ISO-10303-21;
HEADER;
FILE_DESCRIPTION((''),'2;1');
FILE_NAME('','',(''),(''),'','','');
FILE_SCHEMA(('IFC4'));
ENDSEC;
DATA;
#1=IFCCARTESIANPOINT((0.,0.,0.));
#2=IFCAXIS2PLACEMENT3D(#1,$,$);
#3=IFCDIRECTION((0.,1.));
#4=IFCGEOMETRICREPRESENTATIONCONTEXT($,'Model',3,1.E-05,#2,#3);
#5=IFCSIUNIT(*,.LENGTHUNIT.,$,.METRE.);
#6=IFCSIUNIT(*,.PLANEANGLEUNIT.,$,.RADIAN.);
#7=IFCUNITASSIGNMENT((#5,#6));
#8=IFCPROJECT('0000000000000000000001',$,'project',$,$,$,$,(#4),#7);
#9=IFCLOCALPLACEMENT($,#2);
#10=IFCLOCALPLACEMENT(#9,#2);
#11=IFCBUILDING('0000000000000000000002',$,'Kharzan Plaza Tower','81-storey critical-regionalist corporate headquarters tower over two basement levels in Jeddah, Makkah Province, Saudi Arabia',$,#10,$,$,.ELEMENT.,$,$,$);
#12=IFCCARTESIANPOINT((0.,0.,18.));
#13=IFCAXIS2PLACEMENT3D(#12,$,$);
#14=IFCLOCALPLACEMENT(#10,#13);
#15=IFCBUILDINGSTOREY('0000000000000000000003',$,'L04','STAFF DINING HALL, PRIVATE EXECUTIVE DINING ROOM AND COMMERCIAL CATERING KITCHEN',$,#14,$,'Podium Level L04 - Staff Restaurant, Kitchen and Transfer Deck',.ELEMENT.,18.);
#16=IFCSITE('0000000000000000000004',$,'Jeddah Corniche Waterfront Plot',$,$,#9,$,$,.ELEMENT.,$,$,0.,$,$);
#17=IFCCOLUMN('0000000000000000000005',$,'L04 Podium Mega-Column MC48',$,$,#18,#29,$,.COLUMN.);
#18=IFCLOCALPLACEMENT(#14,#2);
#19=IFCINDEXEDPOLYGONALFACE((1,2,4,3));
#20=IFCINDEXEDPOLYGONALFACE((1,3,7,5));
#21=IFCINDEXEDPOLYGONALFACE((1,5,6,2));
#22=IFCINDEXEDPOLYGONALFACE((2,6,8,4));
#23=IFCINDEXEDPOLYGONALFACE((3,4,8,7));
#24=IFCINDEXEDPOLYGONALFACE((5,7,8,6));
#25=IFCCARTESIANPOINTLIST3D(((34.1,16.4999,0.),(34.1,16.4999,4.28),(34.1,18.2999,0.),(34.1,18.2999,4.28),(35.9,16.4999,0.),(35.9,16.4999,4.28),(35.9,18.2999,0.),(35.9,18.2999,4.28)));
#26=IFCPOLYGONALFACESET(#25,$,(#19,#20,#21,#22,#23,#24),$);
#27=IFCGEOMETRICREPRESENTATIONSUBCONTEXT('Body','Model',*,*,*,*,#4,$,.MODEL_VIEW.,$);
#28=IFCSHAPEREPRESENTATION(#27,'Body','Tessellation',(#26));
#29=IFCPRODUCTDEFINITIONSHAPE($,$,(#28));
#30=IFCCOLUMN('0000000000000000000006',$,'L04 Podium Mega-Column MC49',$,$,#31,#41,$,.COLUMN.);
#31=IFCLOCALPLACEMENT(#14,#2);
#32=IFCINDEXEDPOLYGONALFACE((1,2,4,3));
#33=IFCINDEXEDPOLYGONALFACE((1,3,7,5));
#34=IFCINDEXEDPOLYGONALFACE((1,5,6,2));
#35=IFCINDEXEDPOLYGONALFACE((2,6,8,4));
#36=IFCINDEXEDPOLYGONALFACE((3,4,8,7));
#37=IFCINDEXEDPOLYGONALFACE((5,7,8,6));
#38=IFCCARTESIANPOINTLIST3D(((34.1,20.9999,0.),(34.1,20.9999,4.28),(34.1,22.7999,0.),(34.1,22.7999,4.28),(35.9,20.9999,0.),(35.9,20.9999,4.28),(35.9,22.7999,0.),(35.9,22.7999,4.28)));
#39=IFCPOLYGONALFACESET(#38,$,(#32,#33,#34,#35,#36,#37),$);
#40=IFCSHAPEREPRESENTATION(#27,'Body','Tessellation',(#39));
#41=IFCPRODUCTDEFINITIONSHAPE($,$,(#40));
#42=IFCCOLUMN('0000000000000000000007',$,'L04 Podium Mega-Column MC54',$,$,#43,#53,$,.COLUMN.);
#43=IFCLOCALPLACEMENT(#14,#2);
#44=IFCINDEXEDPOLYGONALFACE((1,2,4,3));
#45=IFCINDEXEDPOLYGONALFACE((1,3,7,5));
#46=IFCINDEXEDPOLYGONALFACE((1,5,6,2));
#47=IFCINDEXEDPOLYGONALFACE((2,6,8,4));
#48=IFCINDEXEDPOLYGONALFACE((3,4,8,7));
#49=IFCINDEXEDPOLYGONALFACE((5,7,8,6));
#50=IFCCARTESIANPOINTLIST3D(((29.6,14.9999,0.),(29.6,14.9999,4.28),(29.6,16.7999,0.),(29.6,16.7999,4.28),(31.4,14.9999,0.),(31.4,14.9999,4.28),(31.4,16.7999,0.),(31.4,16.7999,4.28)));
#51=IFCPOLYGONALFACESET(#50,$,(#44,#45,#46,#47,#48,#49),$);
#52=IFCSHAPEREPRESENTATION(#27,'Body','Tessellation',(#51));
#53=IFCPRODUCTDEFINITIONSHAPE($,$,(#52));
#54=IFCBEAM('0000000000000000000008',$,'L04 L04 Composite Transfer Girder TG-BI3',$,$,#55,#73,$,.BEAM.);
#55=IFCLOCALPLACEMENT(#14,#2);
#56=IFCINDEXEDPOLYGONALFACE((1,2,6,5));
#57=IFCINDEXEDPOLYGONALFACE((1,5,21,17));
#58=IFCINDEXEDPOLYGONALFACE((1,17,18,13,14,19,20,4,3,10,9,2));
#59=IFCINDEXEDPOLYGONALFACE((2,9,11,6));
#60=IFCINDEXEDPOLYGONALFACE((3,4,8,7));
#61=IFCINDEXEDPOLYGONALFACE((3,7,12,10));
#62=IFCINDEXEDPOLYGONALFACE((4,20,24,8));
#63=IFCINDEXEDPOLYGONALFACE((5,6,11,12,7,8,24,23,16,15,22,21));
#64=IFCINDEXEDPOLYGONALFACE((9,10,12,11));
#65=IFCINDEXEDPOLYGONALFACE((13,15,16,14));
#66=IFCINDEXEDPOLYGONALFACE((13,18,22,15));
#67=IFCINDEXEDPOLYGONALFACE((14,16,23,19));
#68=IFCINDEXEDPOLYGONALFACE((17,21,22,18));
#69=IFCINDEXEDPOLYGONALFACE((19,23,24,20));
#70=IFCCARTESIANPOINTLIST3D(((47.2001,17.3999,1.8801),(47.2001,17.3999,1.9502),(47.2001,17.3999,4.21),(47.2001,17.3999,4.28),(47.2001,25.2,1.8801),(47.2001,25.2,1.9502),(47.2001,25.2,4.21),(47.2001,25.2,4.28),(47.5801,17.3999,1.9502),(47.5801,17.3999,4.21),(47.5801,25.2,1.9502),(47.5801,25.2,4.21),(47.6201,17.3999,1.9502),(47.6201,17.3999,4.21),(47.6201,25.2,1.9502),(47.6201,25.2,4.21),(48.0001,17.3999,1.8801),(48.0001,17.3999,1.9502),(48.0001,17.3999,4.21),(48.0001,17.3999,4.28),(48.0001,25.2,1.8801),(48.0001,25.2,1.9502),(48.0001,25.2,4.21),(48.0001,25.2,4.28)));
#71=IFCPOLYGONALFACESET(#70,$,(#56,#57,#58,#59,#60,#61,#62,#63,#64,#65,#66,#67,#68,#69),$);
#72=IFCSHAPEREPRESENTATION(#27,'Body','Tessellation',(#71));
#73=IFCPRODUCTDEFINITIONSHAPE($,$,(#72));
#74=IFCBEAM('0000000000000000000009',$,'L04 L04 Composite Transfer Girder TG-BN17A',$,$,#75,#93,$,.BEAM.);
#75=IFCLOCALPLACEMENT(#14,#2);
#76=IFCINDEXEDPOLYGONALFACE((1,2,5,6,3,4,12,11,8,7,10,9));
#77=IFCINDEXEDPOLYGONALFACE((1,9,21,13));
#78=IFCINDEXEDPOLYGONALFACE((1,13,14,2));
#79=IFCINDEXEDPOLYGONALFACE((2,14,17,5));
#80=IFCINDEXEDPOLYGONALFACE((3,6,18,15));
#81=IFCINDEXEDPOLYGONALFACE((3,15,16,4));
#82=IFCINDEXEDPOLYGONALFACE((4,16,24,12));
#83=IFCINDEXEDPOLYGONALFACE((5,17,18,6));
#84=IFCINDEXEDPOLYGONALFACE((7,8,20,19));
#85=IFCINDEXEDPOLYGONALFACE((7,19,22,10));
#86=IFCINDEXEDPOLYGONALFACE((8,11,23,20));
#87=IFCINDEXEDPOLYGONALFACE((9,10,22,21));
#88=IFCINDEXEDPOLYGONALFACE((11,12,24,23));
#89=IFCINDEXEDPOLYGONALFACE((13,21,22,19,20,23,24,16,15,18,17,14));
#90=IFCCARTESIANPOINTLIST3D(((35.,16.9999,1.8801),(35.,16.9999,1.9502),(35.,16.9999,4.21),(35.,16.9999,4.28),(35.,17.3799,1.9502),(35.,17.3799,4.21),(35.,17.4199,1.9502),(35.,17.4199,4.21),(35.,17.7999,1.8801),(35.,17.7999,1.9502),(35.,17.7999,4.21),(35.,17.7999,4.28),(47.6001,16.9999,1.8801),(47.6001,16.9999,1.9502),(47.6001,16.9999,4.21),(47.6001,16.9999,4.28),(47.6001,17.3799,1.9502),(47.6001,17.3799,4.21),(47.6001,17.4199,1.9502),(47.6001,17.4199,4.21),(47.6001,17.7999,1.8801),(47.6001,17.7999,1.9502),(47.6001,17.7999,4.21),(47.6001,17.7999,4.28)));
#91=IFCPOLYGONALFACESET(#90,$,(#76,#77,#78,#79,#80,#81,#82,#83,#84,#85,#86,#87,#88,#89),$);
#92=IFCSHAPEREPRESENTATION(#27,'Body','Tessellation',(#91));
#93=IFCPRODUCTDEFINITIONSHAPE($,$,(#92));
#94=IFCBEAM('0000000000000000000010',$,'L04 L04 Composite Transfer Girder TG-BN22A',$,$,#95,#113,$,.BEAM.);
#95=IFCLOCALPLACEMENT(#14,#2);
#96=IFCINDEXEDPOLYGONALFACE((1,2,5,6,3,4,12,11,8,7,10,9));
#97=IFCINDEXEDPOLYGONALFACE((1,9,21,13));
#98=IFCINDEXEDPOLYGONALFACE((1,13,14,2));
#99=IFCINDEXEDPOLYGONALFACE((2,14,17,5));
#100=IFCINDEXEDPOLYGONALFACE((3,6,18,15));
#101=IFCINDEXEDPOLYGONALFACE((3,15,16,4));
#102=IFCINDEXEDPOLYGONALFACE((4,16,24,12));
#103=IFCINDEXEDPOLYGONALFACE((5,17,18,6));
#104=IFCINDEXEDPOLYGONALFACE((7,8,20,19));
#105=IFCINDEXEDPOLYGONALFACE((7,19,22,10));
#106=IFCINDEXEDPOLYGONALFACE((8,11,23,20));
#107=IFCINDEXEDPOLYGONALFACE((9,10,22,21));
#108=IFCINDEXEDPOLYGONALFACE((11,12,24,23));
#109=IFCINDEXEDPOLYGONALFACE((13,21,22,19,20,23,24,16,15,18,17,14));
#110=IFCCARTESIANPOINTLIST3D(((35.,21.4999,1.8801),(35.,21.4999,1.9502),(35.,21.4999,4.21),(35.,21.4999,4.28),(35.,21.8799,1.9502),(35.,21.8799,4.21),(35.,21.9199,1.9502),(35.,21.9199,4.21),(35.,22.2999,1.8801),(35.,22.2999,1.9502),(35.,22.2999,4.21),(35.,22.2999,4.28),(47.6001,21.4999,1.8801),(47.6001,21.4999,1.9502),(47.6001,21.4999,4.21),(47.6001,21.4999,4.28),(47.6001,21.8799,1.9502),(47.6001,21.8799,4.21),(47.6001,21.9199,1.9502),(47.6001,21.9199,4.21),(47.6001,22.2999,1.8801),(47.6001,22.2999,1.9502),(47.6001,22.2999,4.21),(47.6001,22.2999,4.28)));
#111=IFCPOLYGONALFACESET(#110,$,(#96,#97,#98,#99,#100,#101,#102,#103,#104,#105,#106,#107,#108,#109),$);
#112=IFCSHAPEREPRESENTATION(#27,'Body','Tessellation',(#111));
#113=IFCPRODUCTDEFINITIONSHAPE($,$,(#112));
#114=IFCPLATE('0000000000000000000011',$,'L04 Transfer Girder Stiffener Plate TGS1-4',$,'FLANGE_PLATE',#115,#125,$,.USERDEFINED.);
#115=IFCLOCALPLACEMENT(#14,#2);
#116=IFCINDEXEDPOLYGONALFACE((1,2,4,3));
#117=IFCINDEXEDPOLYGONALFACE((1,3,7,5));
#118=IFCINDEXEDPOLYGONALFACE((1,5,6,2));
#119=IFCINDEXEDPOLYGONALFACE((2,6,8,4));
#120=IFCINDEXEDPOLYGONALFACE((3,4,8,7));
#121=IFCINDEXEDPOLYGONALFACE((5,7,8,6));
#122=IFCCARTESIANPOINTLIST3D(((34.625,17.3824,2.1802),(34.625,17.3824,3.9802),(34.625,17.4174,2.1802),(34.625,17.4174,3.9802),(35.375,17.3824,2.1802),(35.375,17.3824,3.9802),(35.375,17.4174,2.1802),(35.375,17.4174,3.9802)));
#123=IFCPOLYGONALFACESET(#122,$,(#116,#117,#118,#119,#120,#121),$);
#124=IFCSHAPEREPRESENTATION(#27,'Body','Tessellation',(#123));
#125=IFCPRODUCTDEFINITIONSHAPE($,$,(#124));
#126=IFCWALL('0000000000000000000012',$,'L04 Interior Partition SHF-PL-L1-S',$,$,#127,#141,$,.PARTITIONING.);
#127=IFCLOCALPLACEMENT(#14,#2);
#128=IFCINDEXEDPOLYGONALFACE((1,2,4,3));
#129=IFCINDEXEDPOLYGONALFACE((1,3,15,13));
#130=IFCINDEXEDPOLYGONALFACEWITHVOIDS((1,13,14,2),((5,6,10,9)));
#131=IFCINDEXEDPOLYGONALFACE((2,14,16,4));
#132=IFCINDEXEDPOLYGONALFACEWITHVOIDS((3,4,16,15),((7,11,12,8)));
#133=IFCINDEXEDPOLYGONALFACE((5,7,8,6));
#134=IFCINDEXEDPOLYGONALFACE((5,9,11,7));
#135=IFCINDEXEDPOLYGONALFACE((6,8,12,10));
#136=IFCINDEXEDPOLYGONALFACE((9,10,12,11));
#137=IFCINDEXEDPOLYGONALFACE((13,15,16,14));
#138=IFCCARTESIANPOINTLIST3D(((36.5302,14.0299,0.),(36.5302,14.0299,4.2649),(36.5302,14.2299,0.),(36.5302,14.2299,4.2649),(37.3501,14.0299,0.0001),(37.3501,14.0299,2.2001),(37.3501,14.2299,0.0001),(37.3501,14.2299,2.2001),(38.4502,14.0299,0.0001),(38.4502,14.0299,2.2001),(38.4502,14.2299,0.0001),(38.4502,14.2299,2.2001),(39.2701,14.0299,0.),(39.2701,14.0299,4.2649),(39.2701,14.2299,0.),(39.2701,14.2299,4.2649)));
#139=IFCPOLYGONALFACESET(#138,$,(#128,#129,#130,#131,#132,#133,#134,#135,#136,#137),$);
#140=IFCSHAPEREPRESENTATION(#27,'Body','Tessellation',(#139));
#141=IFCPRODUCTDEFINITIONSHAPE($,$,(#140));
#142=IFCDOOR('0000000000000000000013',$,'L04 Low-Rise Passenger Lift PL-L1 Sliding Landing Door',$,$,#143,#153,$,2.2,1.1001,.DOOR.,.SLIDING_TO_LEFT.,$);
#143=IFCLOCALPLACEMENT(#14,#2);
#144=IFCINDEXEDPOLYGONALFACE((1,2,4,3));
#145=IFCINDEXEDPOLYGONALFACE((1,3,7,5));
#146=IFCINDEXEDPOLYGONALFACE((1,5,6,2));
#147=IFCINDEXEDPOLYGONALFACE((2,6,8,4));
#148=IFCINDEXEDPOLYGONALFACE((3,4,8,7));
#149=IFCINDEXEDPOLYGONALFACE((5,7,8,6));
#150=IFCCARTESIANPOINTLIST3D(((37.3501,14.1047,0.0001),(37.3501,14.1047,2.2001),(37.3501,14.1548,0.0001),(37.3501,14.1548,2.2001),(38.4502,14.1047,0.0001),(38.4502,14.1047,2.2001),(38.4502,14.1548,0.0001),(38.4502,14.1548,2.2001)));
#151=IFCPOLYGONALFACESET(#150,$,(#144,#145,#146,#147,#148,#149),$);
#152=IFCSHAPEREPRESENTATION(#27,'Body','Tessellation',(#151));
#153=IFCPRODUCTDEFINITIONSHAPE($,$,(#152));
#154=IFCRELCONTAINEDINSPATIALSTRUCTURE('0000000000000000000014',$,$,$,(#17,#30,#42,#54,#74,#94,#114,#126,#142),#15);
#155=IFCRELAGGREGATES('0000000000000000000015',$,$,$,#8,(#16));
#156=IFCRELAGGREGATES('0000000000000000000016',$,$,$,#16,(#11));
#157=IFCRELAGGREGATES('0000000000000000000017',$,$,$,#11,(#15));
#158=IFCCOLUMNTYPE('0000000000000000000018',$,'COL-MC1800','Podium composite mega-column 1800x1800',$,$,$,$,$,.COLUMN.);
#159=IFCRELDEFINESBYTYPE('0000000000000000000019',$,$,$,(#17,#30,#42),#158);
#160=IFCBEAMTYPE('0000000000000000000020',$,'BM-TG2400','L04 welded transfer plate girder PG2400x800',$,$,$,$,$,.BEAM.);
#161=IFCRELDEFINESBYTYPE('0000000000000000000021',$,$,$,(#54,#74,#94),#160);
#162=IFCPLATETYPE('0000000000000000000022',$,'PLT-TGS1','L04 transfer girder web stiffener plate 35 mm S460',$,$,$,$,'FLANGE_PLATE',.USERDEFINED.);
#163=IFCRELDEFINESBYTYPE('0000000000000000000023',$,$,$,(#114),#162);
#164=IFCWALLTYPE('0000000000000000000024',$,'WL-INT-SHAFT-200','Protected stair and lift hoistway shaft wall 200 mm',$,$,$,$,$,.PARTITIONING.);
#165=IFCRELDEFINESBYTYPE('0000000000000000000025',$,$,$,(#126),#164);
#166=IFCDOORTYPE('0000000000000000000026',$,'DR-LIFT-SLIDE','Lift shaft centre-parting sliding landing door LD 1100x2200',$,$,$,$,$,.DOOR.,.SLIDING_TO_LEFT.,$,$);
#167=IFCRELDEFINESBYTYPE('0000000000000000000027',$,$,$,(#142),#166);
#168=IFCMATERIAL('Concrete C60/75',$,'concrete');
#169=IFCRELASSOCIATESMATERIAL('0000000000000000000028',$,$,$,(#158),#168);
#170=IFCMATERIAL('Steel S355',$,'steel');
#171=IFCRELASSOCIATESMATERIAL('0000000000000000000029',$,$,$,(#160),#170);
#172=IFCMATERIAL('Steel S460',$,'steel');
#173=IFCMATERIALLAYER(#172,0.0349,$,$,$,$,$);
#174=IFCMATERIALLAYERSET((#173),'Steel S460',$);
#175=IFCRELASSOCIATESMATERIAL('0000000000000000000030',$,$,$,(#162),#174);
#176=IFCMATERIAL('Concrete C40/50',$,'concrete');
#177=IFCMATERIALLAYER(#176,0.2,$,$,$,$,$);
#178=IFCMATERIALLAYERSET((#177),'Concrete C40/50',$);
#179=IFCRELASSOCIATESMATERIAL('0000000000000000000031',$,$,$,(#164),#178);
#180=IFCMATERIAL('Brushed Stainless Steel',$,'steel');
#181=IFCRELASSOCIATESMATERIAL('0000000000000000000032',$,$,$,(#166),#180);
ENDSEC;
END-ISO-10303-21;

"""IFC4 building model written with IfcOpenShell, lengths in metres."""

from ifc_helpers import new_model, si_unit, direction, frame, frame_2d, origin, origin_2d, place, context, subcontext, project, spatial, rectangle, i_section, extrude, source, transform, mapped, material, layer, layer_set, material_profile, profile_set, type_object, element, fill, save


model = new_model("IFC4")

# Units and contexts
model_context = context("Model", 3, precision=1e-05, world=origin(), true_north=direction((0.0, 1.0)))
body_context = subcontext(model_context, "Body", "Model", "MODEL_VIEW")
ifc_project = project(units=[si_unit("LENGTHUNIT", "METRE"), si_unit("PLANEANGLEUNIT", "RADIAN")], contexts=[model_context])

# Site, building, storey
site_placement = place(None, origin())
site = spatial("IfcSite", under=ifc_project, at=site_placement, Name="Jeddah Corniche Waterfront Plot", CompositionType="ELEMENT", RefElevation=0.0)
building_placement = place(site_placement, origin())
building = spatial("IfcBuilding", under=site, at=building_placement, Name="Kharzan Plaza Tower", Description="81-storey critical-regionalist corporate headquarters tower over two basement levels in Jeddah, Makkah Province, Saudi Arabia", CompositionType="ELEMENT")
storey_placement = place(building_placement, frame((0.0, 0.0, 18.0)))
storey = spatial("IfcBuildingStorey", under=building, at=storey_placement, Name="L04", Description="STAFF DINING HALL, PRIVATE EXECUTIVE DINING ROOM AND COMMERCIAL CATERING KITCHEN", LongName="Podium Level L04 - Staff Restaurant, Kitchen and Transfer Deck", CompositionType="ELEMENT", Elevation=18.0)

# Columns
ifc_material_1 = material(Name="Concrete C60/75", Category="concrete")
ifc_material_profile_1 = material_profile(ifc_material_1, rectangle(XDim=1.8, YDim=1.8, at=origin_2d()), Name="RC-MC1800x1800")
ifc_profile_set_1 = profile_set([ifc_material_profile_1], Name="Concrete C60/75")
column_type = type_object("IfcColumnType", Name="COL-MC1800", Description="Podium composite mega-column 1800x1800", PredefinedType="COLUMN", material=ifc_profile_set_1)
shared_shape_1 = source(origin(), body_context, "Body", "SweptSolid", [
    extrude(rectangle(XDim=1.8, YDim=1.8, at=origin_2d()), origin(), (0.0, 0.0, 1.0), 4.28),
])
for number, where, z_axis, x_axis, name in (
    (1, (35.0, 17.3999, 0.0), (0.0, 0.0, 1.0), (1.0, 0.0, 0.0), "L04 Podium Mega-Column MC48"),
    (2, (35.0, 21.8999, 0.0), (0.0, 0.0, 1.0), (1.0, 0.0, 0.0), "L04 Podium Mega-Column MC49"),
    (3, (30.5, 15.8999, 0.0), (0.0, 0.0, 1.0), (1.0, 0.0, 0.0), "L04 Podium Mega-Column MC54"),
):
    element("IfcColumn", number, at=place(storey_placement, frame(where, z_axis=z_axis, x_axis=x_axis)), inside=storey, type_object=column_type, Name=name, PredefinedType="COLUMN", context=body_context, shape_type="MappedRepresentation", body=[
        mapped(shared_shape_1, transform((0.0, 0.0, 0.0), x_axis=(1.0, 0.0, 0.0), y_axis=(0.0, 1.0, 0.0), z_axis=(0.0, 0.0, 1.0))),
    ])

# Beams
ifc_material_2 = material(Name="Steel S355", Category="steel")
ifc_material_profile_2 = material_profile(ifc_material_2, i_section(OverallWidth=0.8, OverallDepth=2.3999, WebThickness=0.04, FlangeThickness=0.0701, at=origin_2d()), Name="PG2400x800")
ifc_profile_set_2 = profile_set([ifc_material_profile_2], Name="Steel S355")
beam_type = type_object("IfcBeamType", Name="BM-TG2400", Description="L04 welded transfer plate girder PG2400x800", PredefinedType="BEAM", material=ifc_profile_set_2)
shared_shape_2 = source(origin(), body_context, "Body", "SweptSolid", [
    extrude(i_section(OverallWidth=0.8, OverallDepth=2.3999, WebThickness=0.04, FlangeThickness=0.0701, at=origin_2d()), origin(), (0.0, 0.0, 1.0), 7.8),
])
beam_placement = place(storey_placement, frame((47.6001, 17.3999, 3.0801), z_axis=(0.0, 1.0, 0.0), x_axis=(-1.0, 0.0, 0.0)))
element("IfcBeam", 4, at=beam_placement, inside=storey, type_object=beam_type, Name="L04 L04 Composite Transfer Girder TG-BI3", PredefinedType="BEAM", context=body_context, shape_type="MappedRepresentation", body=[
    mapped(shared_shape_2, transform((0.0, 0.0, 0.0), x_axis=(1.0, 0.0, 0.0), y_axis=(0.0, 1.0, 0.0), z_axis=(0.0, 0.0, 1.0))),
])
shared_shape_3 = source(origin(), body_context, "Body", "SweptSolid", [
    extrude(i_section(OverallWidth=0.8, OverallDepth=2.3999, WebThickness=0.04, FlangeThickness=0.0701, at=origin_2d()), origin(), (0.0, 0.0, 1.0), 12.6001),
])
for number, where, z_axis, x_axis, name in (
    (5, (35.0, 17.3999, 3.0801), (1.0, 0.0, 0.0), (0.0, 1.0, 0.0), "L04 L04 Composite Transfer Girder TG-BN17A"),
    (6, (35.0, 21.8999, 3.0801), (1.0, 0.0, 0.0), (0.0, 1.0, 0.0), "L04 L04 Composite Transfer Girder TG-BN22A"),
):
    element("IfcBeam", number, at=place(storey_placement, frame(where, z_axis=z_axis, x_axis=x_axis)), inside=storey, type_object=beam_type, Name=name, PredefinedType="BEAM", context=body_context, shape_type="MappedRepresentation", body=[
        mapped(shared_shape_3, transform((0.0, 0.0, 0.0), x_axis=(1.0, 0.0, 0.0), y_axis=(0.0, 1.0, 0.0), z_axis=(0.0, 0.0, 1.0))),
    ])

# Plate
ifc_material_3 = material(Name="Steel S460", Category="steel")
ifc_layer_1 = layer(ifc_material_3, 0.0349)
ifc_layer_set_1 = layer_set([ifc_layer_1], Name="Steel S460")
plate_type = type_object("IfcPlateType", Name="PLT-TGS1", Description="L04 transfer girder web stiffener plate 35 mm S460", ElementType="FLANGE_PLATE", PredefinedType="USERDEFINED", material=ifc_layer_set_1)
shared_shape_4 = source(origin(), body_context, "Body", "SweptSolid", [
    extrude(rectangle(XDim=0.75, YDim=0.0349, at=origin_2d()), origin(), (0.0, 0.0, 1.0), 1.8),
])
plate_placement = place(storey_placement, frame((35.0, 17.3999, 2.1802), z_axis=(0.0, 0.0, 1.0), x_axis=(1.0, 0.0, 0.0)))
element("IfcPlate", 7, at=plate_placement, inside=storey, type_object=plate_type, Name="L04 Transfer Girder Stiffener Plate TGS1-4", ObjectType="FLANGE_PLATE", PredefinedType="USERDEFINED", context=body_context, shape_type="MappedRepresentation", body=[
    mapped(shared_shape_4, transform((0.0, 0.0, 0.0), x_axis=(1.0, 0.0, 0.0), y_axis=(0.0, 1.0, 0.0), z_axis=(0.0, 0.0, 1.0))),
])

# Wall, opening, door
ifc_material_4 = material(Name="Concrete C40/50", Category="concrete")
ifc_layer_2 = layer(ifc_material_4, 0.2)
ifc_layer_set_2 = layer_set([ifc_layer_2], Name="Concrete C40/50")
wall_type_1 = type_object("IfcWallType", Name="WL-INT-SHAFT-200", Description="Protected stair and lift hoistway shaft wall 200 mm", PredefinedType="PARTITIONING", material=ifc_layer_set_2)
wall_1_placement = place(storey_placement, frame((36.53, 14.1299, 0.0), z_axis=(0.0, 0.0, 1.0), x_axis=(1.0, 0.0, 0.0)))
wall_1 = element("IfcWall", 8, at=wall_1_placement, inside=storey, type_object=wall_type_1, Name="L04 Interior Partition SHF-PL-L1-S", PredefinedType="PARTITIONING", context=body_context, shape_type="SweptSolid", body=[
    extrude(rectangle(XDim=2.74, YDim=0.2, at=frame_2d((1.3701, 0.0))), origin(), (0.0, 0.0, 1.0), 4.2649),
])
opening_1_placement = place(wall_1_placement, frame((0.8201, 0.0, 0.0)))
opening_1 = element("IfcOpeningElement", 9, at=opening_1_placement, cuts=wall_1, PredefinedType="OPENING", context=body_context, shape_type="SweptSolid", body=[
    extrude(rectangle(XDim=1.1001, YDim=2.2, at=frame_2d((0.55, 1.1001))), frame((0.0, 0.1099, 0.0), z_axis=(0.0, -1.0, 0.0), x_axis=(1.0, 0.0, 0.0)), (0.0, 0.0, 1.0), 0.22),
])
ifc_material_5 = material(Name="Brushed Stainless Steel", Category="steel")
door_type = type_object("IfcDoorType", Name="DR-LIFT-SLIDE", Description="Lift shaft centre-parting sliding landing door LD 1100x2200", OperationType="SLIDING_TO_LEFT", PredefinedType="DOOR", material=ifc_material_5)
shared_shape_5 = source(origin(), body_context, "Body", "SweptSolid", [
    extrude(rectangle(XDim=1.1001, YDim=2.2, at=frame_2d((0.55, 1.1001))), frame((0.0, 0.0249, 0.0), z_axis=(0.0, -1.0, 0.0), x_axis=(1.0, 0.0, 0.0)), (0.0, 0.0, 1.0), 0.05),
])
door_1_placement = place(opening_1_placement, origin())
door_1 = element("IfcDoor", 10, at=door_1_placement, inside=storey, type_object=door_type, Name="L04 Low-Rise Passenger Lift PL-L1 Sliding Landing Door", OperationType="SLIDING_TO_LEFT", OverallHeight=2.2, OverallWidth=1.1001, PredefinedType="DOOR", context=body_context, shape_type="MappedRepresentation", body=[
    mapped(shared_shape_5, transform((0.0, 0.0, 0.0), x_axis=(1.0, 0.0, 0.0), y_axis=(0.0, 1.0, 0.0), z_axis=(0.0, 0.0, 1.0))),
])
fill(opening_1, door_1)

save(model, "model.ifc")
